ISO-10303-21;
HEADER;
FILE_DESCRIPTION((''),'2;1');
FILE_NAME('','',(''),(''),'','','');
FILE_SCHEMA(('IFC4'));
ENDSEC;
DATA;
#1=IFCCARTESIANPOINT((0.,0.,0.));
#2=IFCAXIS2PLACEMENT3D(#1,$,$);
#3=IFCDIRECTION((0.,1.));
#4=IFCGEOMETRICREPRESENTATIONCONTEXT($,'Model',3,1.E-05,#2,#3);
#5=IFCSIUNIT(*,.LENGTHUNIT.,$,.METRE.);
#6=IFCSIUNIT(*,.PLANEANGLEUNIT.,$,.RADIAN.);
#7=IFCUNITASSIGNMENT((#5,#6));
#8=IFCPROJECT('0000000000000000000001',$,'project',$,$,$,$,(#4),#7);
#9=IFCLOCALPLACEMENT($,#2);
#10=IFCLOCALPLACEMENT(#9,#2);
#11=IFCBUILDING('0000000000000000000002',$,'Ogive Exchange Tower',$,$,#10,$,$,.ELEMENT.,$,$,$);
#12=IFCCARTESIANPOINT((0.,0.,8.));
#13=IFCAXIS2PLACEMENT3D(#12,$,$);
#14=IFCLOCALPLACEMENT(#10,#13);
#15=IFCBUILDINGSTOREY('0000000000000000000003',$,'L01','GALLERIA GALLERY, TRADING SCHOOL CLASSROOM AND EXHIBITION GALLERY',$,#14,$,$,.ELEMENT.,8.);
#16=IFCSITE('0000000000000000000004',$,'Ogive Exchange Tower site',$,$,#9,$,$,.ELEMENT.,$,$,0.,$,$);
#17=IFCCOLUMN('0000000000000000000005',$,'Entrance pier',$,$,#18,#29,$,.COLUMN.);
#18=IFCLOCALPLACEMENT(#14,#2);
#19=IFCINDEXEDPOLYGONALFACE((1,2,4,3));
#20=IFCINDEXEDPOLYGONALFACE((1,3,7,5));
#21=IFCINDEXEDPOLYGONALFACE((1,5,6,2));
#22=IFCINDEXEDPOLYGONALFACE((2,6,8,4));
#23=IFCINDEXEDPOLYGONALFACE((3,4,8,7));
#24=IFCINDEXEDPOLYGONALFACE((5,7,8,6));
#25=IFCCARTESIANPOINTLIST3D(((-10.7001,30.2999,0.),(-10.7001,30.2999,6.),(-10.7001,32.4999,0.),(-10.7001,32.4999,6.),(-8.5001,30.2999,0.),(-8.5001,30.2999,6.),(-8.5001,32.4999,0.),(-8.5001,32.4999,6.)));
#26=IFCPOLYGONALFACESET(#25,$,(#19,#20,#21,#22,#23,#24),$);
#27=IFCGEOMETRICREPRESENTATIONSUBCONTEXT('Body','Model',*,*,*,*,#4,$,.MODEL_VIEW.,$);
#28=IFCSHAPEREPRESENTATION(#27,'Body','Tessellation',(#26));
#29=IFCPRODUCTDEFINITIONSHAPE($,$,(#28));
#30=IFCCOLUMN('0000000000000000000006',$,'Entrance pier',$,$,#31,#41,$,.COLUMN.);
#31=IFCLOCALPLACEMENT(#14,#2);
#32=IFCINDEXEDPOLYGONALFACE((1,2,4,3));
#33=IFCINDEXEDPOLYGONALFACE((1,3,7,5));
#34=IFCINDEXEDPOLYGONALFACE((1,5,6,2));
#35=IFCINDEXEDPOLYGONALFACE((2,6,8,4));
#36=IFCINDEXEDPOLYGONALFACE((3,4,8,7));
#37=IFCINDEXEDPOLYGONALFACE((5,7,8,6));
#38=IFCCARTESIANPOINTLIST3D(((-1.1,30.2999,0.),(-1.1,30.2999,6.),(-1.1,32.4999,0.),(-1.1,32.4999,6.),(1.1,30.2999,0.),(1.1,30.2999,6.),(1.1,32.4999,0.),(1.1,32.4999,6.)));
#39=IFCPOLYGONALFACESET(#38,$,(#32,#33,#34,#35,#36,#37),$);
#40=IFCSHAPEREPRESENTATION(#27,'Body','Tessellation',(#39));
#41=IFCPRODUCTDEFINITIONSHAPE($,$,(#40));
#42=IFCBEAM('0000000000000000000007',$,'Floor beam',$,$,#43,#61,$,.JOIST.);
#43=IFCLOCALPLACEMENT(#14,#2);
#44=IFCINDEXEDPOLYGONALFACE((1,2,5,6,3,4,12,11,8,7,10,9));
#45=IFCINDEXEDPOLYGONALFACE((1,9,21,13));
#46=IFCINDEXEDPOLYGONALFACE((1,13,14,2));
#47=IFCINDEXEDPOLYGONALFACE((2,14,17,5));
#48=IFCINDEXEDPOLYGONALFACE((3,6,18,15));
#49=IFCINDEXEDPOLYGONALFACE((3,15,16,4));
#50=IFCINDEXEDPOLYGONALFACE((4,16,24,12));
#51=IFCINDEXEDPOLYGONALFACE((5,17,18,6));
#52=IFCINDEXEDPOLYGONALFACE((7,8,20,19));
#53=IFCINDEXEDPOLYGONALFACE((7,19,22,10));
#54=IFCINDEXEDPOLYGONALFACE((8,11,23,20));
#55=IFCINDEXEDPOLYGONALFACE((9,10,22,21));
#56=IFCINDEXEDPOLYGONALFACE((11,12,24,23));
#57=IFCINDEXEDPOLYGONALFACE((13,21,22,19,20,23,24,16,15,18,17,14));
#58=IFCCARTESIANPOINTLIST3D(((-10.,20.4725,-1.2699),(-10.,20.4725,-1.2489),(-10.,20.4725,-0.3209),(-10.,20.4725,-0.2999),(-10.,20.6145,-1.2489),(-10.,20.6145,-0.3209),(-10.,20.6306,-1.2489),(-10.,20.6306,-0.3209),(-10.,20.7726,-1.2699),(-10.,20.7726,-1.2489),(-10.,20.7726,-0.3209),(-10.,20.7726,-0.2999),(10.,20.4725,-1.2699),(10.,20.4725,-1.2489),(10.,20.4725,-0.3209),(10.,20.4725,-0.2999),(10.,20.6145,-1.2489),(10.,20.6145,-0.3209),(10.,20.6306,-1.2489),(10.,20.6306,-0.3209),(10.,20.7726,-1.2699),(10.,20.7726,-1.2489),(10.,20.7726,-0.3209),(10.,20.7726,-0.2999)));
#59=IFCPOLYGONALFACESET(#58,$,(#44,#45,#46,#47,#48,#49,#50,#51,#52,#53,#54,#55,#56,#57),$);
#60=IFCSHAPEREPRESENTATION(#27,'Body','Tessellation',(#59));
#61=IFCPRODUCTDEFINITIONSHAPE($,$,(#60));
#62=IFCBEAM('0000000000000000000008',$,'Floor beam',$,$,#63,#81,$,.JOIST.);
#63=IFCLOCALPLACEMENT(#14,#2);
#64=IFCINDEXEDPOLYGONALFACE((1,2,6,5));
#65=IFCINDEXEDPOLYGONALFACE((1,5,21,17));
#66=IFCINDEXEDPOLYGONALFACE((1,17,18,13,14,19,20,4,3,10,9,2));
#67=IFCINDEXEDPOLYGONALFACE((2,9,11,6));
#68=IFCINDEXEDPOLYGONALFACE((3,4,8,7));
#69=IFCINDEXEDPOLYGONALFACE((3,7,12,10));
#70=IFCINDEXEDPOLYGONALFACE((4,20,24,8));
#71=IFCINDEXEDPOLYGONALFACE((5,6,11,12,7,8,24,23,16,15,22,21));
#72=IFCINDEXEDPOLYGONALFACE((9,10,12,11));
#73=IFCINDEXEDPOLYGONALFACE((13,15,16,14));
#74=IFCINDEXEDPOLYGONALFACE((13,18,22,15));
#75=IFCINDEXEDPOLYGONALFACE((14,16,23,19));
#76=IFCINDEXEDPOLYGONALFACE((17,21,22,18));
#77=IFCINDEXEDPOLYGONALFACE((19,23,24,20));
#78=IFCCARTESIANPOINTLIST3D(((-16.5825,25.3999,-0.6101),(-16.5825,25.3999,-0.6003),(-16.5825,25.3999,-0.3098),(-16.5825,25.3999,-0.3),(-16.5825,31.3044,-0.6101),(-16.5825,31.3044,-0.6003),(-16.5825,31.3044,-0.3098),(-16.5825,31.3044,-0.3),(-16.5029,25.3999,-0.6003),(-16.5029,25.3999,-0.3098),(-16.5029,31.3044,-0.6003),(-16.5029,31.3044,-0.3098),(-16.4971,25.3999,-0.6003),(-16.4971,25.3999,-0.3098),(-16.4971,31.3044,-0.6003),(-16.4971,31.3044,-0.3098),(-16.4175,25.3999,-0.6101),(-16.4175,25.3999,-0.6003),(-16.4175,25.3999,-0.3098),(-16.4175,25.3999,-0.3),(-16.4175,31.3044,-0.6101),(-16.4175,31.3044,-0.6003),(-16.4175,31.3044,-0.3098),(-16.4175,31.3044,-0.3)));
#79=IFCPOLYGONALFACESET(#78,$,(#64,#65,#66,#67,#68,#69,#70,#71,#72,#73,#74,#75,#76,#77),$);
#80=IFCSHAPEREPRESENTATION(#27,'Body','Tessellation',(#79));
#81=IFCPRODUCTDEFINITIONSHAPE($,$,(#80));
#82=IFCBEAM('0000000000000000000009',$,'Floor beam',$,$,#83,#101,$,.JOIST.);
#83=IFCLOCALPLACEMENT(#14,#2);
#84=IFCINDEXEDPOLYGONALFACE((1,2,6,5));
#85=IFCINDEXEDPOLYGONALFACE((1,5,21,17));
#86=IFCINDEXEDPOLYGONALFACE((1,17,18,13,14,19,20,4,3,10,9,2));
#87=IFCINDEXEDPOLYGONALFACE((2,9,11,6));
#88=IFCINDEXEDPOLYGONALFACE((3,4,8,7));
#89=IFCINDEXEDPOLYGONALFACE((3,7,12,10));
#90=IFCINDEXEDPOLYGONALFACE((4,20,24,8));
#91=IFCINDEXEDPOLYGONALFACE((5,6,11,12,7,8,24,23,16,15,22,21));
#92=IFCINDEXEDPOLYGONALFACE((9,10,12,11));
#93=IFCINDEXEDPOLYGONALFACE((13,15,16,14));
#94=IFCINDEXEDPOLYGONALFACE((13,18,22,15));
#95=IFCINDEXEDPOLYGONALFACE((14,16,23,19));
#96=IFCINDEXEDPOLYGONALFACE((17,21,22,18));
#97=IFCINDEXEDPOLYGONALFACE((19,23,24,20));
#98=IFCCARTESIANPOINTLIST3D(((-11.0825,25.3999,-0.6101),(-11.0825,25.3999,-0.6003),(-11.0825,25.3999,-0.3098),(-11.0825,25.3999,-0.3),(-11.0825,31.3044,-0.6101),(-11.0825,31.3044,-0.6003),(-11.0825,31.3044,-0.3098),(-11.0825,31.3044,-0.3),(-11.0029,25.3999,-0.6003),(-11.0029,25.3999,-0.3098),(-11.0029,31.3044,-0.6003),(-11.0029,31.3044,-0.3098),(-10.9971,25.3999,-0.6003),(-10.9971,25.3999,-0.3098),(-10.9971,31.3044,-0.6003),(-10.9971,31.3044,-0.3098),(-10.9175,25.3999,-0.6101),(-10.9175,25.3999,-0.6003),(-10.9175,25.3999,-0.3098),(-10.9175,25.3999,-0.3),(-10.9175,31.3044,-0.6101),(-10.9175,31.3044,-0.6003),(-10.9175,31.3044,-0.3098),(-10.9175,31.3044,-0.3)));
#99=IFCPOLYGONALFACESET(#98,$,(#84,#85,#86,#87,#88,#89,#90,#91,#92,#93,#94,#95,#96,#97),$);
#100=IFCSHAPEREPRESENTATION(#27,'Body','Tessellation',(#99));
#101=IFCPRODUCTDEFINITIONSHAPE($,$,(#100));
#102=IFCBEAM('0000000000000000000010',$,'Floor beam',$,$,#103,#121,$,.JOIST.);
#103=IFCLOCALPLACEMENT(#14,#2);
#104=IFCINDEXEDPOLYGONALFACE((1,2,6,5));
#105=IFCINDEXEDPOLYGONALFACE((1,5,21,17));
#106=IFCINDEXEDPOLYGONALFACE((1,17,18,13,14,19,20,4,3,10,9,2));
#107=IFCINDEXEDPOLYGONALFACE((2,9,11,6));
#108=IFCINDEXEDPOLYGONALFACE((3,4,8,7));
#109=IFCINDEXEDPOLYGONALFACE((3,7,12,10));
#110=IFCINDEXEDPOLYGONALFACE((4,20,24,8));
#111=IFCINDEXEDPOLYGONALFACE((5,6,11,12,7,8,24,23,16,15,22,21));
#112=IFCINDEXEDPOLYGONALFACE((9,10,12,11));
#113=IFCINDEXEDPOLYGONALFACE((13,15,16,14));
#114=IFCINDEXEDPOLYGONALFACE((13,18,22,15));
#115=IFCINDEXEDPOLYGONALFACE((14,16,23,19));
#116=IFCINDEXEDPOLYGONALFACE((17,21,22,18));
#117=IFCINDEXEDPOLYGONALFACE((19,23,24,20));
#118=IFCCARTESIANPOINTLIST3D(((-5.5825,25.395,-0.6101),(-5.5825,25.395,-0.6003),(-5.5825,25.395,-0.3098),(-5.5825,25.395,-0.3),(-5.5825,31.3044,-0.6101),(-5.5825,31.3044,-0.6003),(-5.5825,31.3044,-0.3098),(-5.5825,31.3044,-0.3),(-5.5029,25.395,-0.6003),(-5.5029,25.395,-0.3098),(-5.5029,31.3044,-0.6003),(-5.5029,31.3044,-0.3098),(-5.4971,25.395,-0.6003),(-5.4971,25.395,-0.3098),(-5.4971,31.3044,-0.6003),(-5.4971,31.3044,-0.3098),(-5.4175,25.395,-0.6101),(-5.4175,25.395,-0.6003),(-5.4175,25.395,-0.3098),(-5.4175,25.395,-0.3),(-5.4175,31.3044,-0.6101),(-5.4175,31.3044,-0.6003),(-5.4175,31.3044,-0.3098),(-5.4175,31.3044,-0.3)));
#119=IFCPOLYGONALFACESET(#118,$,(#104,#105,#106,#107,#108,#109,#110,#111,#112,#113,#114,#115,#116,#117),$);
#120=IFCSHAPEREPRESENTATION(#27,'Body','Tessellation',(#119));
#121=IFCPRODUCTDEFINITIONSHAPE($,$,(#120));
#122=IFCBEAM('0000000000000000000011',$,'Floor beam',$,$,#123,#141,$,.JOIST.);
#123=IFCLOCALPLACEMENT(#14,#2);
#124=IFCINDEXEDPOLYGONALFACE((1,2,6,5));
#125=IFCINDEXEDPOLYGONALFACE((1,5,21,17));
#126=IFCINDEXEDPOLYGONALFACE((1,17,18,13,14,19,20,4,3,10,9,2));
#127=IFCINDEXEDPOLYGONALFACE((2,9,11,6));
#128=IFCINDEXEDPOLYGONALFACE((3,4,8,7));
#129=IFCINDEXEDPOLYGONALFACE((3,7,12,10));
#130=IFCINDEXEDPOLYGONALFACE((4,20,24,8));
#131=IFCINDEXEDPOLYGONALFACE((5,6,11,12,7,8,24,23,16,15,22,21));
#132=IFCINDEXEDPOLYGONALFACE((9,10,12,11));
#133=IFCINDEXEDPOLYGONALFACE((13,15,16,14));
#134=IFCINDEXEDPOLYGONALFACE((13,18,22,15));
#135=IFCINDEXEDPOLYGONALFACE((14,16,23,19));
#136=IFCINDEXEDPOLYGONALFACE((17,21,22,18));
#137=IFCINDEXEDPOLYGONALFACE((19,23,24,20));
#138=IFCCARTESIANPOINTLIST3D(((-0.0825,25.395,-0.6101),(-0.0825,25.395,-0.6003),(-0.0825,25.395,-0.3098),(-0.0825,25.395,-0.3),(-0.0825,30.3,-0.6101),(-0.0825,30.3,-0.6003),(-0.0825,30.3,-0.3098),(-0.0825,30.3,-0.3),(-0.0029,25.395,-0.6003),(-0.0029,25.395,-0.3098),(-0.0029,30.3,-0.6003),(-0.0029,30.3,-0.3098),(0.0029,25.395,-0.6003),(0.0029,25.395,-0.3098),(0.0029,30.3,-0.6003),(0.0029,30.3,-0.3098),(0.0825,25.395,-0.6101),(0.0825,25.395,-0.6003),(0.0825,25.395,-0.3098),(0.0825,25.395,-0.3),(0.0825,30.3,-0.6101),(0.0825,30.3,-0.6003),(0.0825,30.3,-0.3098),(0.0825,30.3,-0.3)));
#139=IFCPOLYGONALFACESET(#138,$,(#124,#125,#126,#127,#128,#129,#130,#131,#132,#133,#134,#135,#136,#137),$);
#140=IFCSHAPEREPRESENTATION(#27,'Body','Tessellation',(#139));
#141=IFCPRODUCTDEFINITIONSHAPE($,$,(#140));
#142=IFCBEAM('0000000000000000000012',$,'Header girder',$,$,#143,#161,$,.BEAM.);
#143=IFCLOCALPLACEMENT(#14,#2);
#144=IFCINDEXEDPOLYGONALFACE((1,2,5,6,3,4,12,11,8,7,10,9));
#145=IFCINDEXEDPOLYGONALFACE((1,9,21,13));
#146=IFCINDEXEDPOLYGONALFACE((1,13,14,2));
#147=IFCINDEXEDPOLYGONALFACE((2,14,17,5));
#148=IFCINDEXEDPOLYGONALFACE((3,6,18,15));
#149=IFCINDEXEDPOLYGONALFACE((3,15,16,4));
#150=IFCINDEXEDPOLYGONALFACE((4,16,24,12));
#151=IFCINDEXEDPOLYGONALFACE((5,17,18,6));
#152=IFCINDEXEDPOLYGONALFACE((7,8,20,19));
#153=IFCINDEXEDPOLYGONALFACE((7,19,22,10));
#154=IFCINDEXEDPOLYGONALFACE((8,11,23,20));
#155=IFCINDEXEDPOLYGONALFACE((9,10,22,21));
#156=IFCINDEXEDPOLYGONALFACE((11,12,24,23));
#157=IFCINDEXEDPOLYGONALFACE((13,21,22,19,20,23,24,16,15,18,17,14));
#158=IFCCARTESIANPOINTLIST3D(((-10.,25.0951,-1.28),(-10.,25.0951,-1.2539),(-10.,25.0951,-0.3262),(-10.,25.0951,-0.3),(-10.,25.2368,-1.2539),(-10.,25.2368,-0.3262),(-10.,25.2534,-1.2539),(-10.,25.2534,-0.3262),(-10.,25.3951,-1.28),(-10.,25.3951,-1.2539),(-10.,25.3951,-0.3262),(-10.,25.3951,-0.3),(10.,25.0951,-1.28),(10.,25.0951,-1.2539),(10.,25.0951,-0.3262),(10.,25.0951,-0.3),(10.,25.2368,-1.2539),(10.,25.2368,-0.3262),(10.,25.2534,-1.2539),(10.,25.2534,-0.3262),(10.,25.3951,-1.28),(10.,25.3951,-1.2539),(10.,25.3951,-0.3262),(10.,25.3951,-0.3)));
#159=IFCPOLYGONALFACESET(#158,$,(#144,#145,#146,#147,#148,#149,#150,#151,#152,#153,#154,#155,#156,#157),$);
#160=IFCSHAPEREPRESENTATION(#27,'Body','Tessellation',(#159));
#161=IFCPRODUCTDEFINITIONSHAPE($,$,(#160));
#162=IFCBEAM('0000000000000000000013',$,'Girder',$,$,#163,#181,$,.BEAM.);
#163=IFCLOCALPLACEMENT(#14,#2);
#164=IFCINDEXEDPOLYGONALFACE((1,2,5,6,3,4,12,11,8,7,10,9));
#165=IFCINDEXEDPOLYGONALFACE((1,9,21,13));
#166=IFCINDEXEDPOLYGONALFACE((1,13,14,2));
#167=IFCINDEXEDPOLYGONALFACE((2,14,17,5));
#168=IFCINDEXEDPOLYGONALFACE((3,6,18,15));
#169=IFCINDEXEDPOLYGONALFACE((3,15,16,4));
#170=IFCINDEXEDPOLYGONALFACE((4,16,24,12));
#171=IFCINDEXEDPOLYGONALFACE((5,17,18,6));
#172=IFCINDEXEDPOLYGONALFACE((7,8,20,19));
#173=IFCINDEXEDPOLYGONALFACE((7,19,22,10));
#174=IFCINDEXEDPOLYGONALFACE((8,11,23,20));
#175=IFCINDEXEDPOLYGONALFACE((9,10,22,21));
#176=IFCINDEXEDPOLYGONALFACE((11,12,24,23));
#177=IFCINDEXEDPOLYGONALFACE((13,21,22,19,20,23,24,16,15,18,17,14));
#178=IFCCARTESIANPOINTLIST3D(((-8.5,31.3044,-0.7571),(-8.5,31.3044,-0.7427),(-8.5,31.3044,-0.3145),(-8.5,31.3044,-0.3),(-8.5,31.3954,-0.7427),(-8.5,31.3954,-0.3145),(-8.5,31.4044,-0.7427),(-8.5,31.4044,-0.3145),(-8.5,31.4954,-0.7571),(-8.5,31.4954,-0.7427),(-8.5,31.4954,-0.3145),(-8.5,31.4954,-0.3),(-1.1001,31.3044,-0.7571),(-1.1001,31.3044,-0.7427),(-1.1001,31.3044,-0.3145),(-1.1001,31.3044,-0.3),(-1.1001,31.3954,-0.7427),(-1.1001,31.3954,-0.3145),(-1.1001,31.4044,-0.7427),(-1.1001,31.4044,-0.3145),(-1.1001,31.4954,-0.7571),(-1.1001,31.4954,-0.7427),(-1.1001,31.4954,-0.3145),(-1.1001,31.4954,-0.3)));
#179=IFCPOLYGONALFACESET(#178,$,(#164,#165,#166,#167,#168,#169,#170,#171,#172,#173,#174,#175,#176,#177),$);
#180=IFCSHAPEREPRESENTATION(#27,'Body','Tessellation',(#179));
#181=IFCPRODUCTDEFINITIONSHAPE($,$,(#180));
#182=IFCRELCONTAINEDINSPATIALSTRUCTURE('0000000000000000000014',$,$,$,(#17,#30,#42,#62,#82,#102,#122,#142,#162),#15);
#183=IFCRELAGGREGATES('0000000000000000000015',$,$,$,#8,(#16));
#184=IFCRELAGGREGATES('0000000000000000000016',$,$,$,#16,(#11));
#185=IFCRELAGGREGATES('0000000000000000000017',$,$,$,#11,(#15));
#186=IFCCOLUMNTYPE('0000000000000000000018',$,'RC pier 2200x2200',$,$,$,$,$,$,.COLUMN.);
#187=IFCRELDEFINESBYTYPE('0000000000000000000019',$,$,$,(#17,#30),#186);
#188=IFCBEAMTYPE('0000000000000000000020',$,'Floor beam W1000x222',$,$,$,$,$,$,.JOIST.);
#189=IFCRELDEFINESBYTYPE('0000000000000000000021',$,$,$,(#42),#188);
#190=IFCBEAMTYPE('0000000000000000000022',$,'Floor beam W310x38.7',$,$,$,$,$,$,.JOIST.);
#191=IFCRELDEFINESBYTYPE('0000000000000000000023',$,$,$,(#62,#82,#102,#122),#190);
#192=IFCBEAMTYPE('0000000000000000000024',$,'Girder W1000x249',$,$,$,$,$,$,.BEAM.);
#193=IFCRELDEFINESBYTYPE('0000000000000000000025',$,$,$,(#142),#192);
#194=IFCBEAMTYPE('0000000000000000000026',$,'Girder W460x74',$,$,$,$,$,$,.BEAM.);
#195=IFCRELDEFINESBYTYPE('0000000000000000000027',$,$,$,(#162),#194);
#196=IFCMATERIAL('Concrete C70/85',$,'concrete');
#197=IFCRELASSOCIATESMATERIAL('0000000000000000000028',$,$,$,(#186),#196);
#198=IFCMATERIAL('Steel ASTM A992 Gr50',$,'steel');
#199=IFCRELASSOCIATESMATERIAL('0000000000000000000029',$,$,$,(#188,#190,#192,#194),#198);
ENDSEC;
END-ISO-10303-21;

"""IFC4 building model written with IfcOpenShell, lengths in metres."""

from ifc_helpers import new_model, si_unit, direction, frame, origin, origin_2d, place, context, subcontext, project, spatial, rectangle, i_section, extrude, material, material_profile, profile_set, type_object, element, save


model = new_model("IFC4")

# Units and contexts
model_context = context("Model", 3, precision=1e-05, world=origin(), true_north=direction((0.0, 1.0)))
body_context = subcontext(model_context, "Body", "Model", "MODEL_VIEW")
ifc_project = project(units=[si_unit("LENGTHUNIT", "METRE"), si_unit("PLANEANGLEUNIT", "RADIAN")], contexts=[model_context])

# Site, building, storey
site_placement = place(None, origin())
site = spatial("IfcSite", under=ifc_project, at=site_placement, Name="Ogive Exchange Tower site", CompositionType="ELEMENT", RefElevation=0.0)
building_placement = place(site_placement, origin())
building = spatial("IfcBuilding", under=site, at=building_placement, Name="Ogive Exchange Tower", CompositionType="ELEMENT")
storey_placement = place(building_placement, frame((0.0, 0.0, 8.0)))
storey = spatial("IfcBuildingStorey", under=building, at=storey_placement, Name="L01", Description="GALLERIA GALLERY, TRADING SCHOOL CLASSROOM AND EXHIBITION GALLERY", CompositionType="ELEMENT", Elevation=8.0)

# Columns
ifc_material_1 = material(Name="Concrete C70/85", Category="concrete")
ifc_material_profile_1 = material_profile(ifc_material_1, rectangle(XDim=2.2, YDim=2.2, at=origin_2d()), Name="RC 2200x2200")
ifc_profile_set_1 = profile_set([ifc_material_profile_1], Name="Concrete C70/85")
column_type = type_object("IfcColumnType", Name="RC pier 2200x2200", PredefinedType="COLUMN", material=ifc_profile_set_1)
for number, where, z_axis, x_axis, name in (
    (1, (-9.6001, 31.3999, 0.0), (0.0, 0.0, 1.0), (1.0, 0.0, 0.0), "Entrance pier"),
    (2, (0.0, 31.3999, 0.0), (0.0, 0.0, 1.0), (1.0, 0.0, 0.0), "Entrance pier"),
):
    element("IfcColumn", number, at=place(storey_placement, frame(where, z_axis=z_axis, x_axis=x_axis)), inside=storey, type_object=column_type, Name=name, PredefinedType="COLUMN", context=body_context, shape_type="SweptSolid", body=[
        extrude(rectangle(XDim=2.2, YDim=2.2, at=origin_2d()), origin(), (0.0, 0.0, 1.0), 6.0),
    ])

# Beams
ifc_material_2 = material(Name="Steel ASTM A992 Gr50", Category="steel")
ifc_material_profile_2 = material_profile(ifc_material_2, i_section(OverallWidth=0.3, OverallDepth=0.97, WebThickness=0.0161, FlangeThickness=0.021, at=origin_2d()), Name="W1000x222")
ifc_profile_set_2 = profile_set([ifc_material_profile_2], Name="Steel ASTM A992 Gr50")
beam_type_1 = type_object("IfcBeamType", Name="Floor beam W1000x222", PredefinedType="JOIST", material=ifc_profile_set_2)
beam_1_placement = place(storey_placement, frame((-10.0, 20.6226, -0.7849), z_axis=(1.0, 0.0, 0.0), x_axis=(0.0, 1.0, 0.0)))
element("IfcBeam", 3, at=beam_1_placement, inside=storey, type_object=beam_type_1, Name="Floor beam", PredefinedType="JOIST", context=body_context, shape_type="SweptSolid", body=[
    extrude(i_section(OverallWidth=0.3, OverallDepth=0.97, WebThickness=0.0161, FlangeThickness=0.021, at=origin_2d()), origin(), (0.0, 0.0, 1.0), 20.0),
])
ifc_material_profile_3 = material_profile(ifc_material_2, i_section(OverallWidth=0.165, OverallDepth=0.3101, WebThickness=0.0059, FlangeThickness=0.0098, at=origin_2d()), Name="W310x38.7")
ifc_profile_set_3 = profile_set([ifc_material_profile_3], Name="Steel ASTM A992 Gr50")
beam_type_2 = type_object("IfcBeamType", Name="Floor beam W310x38.7", PredefinedType="JOIST", material=ifc_profile_set_3)
for number, where, z_axis, x_axis, name in (
    (4, (-16.5, 25.3999, -0.4551), (0.0, 1.0, 0.0), (-1.0, 0.0, 0.0), "Floor beam"),
    (5, (-11.0, 25.3999, -0.4551), (0.0, 1.0, 0.0), (-1.0, 0.0, 0.0), "Floor beam"),
):
    element("IfcBeam", number, at=place(storey_placement, frame(where, z_axis=z_axis, x_axis=x_axis)), inside=storey, type_object=beam_type_2, Name=name, PredefinedType="JOIST", context=body_context, shape_type="SweptSolid", body=[
        extrude(i_section(OverallWidth=0.165, OverallDepth=0.3101, WebThickness=0.0059, FlangeThickness=0.0098, at=origin_2d()), origin(), (0.0, 0.0, 1.0), 5.9045),
    ])
beam_2_placement = place(storey_placement, frame((-5.5, 25.395, -0.4551), z_axis=(0.0, 1.0, 0.0), x_axis=(-1.0, 0.0, 0.0)))
element("IfcBeam", 6, at=beam_2_placement, inside=storey, type_object=beam_type_2, Name="Floor beam", PredefinedType="JOIST", context=body_context, shape_type="SweptSolid", body=[
    extrude(i_section(OverallWidth=0.165, OverallDepth=0.3101, WebThickness=0.0059, FlangeThickness=0.0098, at=origin_2d()), origin(), (0.0, 0.0, 1.0), 5.9094),
])
beam_3_placement = place(storey_placement, frame((0.0, 25.395, -0.4551), z_axis=(0.0, 1.0, 0.0), x_axis=(-1.0, 0.0, 0.0)))
element("IfcBeam", 7, at=beam_3_placement, inside=storey, type_object=beam_type_2, Name="Floor beam", PredefinedType="JOIST", context=body_context, shape_type="SweptSolid", body=[
    extrude(i_section(OverallWidth=0.165, OverallDepth=0.3101, WebThickness=0.0059, FlangeThickness=0.0098, at=origin_2d()), origin(), (0.0, 0.0, 1.0), 4.905),
])
ifc_material_profile_4 = material_profile(ifc_material_2, i_section(OverallWidth=0.3, OverallDepth=0.98, WebThickness=0.0166, FlangeThickness=0.0261, at=origin_2d()), Name="W1000x249")
ifc_profile_set_4 = profile_set([ifc_material_profile_4], Name="Steel ASTM A992 Gr50")
beam_type_3 = type_object("IfcBeamType", Name="Girder W1000x249", PredefinedType="BEAM", material=ifc_profile_set_4)
beam_4_placement = place(storey_placement, frame((-10.0, 25.2451, -0.79), z_axis=(1.0, 0.0, 0.0), x_axis=(0.0, 1.0, 0.0)))
element("IfcBeam", 8, at=beam_4_placement, inside=storey, type_object=beam_type_3, Name="Header girder", PredefinedType="BEAM", context=body_context, shape_type="SweptSolid", body=[
    extrude(i_section(OverallWidth=0.3, OverallDepth=0.98, WebThickness=0.0166, FlangeThickness=0.0261, at=origin_2d()), origin(), (0.0, 0.0, 1.0), 20.0),
])
ifc_material_profile_5 = material_profile(ifc_material_2, i_section(OverallWidth=0.1909, OverallDepth=0.457, WebThickness=0.009, FlangeThickness=0.0144, at=origin_2d()), Name="W460x74")
ifc_profile_set_5 = profile_set([ifc_material_profile_5], Name="Steel ASTM A992 Gr50")
beam_type_4 = type_object("IfcBeamType", Name="Girder W460x74", PredefinedType="BEAM", material=ifc_profile_set_5)
beam_5_placement = place(storey_placement, frame((-1.1001, 31.3999, -0.5286), z_axis=(-1.0, 0.0, 0.0), x_axis=(0.0, -1.0, 0.0)))
element("IfcBeam", 9, at=beam_5_placement, inside=storey, type_object=beam_type_4, Name="Girder", PredefinedType="BEAM", context=body_context, shape_type="SweptSolid", body=[
    extrude(i_section(OverallWidth=0.1909, OverallDepth=0.457, WebThickness=0.009, FlangeThickness=0.0144, at=origin_2d()), origin(), (0.0, 0.0, 1.0), 7.3999),
])

save(model, "model.ifc")
